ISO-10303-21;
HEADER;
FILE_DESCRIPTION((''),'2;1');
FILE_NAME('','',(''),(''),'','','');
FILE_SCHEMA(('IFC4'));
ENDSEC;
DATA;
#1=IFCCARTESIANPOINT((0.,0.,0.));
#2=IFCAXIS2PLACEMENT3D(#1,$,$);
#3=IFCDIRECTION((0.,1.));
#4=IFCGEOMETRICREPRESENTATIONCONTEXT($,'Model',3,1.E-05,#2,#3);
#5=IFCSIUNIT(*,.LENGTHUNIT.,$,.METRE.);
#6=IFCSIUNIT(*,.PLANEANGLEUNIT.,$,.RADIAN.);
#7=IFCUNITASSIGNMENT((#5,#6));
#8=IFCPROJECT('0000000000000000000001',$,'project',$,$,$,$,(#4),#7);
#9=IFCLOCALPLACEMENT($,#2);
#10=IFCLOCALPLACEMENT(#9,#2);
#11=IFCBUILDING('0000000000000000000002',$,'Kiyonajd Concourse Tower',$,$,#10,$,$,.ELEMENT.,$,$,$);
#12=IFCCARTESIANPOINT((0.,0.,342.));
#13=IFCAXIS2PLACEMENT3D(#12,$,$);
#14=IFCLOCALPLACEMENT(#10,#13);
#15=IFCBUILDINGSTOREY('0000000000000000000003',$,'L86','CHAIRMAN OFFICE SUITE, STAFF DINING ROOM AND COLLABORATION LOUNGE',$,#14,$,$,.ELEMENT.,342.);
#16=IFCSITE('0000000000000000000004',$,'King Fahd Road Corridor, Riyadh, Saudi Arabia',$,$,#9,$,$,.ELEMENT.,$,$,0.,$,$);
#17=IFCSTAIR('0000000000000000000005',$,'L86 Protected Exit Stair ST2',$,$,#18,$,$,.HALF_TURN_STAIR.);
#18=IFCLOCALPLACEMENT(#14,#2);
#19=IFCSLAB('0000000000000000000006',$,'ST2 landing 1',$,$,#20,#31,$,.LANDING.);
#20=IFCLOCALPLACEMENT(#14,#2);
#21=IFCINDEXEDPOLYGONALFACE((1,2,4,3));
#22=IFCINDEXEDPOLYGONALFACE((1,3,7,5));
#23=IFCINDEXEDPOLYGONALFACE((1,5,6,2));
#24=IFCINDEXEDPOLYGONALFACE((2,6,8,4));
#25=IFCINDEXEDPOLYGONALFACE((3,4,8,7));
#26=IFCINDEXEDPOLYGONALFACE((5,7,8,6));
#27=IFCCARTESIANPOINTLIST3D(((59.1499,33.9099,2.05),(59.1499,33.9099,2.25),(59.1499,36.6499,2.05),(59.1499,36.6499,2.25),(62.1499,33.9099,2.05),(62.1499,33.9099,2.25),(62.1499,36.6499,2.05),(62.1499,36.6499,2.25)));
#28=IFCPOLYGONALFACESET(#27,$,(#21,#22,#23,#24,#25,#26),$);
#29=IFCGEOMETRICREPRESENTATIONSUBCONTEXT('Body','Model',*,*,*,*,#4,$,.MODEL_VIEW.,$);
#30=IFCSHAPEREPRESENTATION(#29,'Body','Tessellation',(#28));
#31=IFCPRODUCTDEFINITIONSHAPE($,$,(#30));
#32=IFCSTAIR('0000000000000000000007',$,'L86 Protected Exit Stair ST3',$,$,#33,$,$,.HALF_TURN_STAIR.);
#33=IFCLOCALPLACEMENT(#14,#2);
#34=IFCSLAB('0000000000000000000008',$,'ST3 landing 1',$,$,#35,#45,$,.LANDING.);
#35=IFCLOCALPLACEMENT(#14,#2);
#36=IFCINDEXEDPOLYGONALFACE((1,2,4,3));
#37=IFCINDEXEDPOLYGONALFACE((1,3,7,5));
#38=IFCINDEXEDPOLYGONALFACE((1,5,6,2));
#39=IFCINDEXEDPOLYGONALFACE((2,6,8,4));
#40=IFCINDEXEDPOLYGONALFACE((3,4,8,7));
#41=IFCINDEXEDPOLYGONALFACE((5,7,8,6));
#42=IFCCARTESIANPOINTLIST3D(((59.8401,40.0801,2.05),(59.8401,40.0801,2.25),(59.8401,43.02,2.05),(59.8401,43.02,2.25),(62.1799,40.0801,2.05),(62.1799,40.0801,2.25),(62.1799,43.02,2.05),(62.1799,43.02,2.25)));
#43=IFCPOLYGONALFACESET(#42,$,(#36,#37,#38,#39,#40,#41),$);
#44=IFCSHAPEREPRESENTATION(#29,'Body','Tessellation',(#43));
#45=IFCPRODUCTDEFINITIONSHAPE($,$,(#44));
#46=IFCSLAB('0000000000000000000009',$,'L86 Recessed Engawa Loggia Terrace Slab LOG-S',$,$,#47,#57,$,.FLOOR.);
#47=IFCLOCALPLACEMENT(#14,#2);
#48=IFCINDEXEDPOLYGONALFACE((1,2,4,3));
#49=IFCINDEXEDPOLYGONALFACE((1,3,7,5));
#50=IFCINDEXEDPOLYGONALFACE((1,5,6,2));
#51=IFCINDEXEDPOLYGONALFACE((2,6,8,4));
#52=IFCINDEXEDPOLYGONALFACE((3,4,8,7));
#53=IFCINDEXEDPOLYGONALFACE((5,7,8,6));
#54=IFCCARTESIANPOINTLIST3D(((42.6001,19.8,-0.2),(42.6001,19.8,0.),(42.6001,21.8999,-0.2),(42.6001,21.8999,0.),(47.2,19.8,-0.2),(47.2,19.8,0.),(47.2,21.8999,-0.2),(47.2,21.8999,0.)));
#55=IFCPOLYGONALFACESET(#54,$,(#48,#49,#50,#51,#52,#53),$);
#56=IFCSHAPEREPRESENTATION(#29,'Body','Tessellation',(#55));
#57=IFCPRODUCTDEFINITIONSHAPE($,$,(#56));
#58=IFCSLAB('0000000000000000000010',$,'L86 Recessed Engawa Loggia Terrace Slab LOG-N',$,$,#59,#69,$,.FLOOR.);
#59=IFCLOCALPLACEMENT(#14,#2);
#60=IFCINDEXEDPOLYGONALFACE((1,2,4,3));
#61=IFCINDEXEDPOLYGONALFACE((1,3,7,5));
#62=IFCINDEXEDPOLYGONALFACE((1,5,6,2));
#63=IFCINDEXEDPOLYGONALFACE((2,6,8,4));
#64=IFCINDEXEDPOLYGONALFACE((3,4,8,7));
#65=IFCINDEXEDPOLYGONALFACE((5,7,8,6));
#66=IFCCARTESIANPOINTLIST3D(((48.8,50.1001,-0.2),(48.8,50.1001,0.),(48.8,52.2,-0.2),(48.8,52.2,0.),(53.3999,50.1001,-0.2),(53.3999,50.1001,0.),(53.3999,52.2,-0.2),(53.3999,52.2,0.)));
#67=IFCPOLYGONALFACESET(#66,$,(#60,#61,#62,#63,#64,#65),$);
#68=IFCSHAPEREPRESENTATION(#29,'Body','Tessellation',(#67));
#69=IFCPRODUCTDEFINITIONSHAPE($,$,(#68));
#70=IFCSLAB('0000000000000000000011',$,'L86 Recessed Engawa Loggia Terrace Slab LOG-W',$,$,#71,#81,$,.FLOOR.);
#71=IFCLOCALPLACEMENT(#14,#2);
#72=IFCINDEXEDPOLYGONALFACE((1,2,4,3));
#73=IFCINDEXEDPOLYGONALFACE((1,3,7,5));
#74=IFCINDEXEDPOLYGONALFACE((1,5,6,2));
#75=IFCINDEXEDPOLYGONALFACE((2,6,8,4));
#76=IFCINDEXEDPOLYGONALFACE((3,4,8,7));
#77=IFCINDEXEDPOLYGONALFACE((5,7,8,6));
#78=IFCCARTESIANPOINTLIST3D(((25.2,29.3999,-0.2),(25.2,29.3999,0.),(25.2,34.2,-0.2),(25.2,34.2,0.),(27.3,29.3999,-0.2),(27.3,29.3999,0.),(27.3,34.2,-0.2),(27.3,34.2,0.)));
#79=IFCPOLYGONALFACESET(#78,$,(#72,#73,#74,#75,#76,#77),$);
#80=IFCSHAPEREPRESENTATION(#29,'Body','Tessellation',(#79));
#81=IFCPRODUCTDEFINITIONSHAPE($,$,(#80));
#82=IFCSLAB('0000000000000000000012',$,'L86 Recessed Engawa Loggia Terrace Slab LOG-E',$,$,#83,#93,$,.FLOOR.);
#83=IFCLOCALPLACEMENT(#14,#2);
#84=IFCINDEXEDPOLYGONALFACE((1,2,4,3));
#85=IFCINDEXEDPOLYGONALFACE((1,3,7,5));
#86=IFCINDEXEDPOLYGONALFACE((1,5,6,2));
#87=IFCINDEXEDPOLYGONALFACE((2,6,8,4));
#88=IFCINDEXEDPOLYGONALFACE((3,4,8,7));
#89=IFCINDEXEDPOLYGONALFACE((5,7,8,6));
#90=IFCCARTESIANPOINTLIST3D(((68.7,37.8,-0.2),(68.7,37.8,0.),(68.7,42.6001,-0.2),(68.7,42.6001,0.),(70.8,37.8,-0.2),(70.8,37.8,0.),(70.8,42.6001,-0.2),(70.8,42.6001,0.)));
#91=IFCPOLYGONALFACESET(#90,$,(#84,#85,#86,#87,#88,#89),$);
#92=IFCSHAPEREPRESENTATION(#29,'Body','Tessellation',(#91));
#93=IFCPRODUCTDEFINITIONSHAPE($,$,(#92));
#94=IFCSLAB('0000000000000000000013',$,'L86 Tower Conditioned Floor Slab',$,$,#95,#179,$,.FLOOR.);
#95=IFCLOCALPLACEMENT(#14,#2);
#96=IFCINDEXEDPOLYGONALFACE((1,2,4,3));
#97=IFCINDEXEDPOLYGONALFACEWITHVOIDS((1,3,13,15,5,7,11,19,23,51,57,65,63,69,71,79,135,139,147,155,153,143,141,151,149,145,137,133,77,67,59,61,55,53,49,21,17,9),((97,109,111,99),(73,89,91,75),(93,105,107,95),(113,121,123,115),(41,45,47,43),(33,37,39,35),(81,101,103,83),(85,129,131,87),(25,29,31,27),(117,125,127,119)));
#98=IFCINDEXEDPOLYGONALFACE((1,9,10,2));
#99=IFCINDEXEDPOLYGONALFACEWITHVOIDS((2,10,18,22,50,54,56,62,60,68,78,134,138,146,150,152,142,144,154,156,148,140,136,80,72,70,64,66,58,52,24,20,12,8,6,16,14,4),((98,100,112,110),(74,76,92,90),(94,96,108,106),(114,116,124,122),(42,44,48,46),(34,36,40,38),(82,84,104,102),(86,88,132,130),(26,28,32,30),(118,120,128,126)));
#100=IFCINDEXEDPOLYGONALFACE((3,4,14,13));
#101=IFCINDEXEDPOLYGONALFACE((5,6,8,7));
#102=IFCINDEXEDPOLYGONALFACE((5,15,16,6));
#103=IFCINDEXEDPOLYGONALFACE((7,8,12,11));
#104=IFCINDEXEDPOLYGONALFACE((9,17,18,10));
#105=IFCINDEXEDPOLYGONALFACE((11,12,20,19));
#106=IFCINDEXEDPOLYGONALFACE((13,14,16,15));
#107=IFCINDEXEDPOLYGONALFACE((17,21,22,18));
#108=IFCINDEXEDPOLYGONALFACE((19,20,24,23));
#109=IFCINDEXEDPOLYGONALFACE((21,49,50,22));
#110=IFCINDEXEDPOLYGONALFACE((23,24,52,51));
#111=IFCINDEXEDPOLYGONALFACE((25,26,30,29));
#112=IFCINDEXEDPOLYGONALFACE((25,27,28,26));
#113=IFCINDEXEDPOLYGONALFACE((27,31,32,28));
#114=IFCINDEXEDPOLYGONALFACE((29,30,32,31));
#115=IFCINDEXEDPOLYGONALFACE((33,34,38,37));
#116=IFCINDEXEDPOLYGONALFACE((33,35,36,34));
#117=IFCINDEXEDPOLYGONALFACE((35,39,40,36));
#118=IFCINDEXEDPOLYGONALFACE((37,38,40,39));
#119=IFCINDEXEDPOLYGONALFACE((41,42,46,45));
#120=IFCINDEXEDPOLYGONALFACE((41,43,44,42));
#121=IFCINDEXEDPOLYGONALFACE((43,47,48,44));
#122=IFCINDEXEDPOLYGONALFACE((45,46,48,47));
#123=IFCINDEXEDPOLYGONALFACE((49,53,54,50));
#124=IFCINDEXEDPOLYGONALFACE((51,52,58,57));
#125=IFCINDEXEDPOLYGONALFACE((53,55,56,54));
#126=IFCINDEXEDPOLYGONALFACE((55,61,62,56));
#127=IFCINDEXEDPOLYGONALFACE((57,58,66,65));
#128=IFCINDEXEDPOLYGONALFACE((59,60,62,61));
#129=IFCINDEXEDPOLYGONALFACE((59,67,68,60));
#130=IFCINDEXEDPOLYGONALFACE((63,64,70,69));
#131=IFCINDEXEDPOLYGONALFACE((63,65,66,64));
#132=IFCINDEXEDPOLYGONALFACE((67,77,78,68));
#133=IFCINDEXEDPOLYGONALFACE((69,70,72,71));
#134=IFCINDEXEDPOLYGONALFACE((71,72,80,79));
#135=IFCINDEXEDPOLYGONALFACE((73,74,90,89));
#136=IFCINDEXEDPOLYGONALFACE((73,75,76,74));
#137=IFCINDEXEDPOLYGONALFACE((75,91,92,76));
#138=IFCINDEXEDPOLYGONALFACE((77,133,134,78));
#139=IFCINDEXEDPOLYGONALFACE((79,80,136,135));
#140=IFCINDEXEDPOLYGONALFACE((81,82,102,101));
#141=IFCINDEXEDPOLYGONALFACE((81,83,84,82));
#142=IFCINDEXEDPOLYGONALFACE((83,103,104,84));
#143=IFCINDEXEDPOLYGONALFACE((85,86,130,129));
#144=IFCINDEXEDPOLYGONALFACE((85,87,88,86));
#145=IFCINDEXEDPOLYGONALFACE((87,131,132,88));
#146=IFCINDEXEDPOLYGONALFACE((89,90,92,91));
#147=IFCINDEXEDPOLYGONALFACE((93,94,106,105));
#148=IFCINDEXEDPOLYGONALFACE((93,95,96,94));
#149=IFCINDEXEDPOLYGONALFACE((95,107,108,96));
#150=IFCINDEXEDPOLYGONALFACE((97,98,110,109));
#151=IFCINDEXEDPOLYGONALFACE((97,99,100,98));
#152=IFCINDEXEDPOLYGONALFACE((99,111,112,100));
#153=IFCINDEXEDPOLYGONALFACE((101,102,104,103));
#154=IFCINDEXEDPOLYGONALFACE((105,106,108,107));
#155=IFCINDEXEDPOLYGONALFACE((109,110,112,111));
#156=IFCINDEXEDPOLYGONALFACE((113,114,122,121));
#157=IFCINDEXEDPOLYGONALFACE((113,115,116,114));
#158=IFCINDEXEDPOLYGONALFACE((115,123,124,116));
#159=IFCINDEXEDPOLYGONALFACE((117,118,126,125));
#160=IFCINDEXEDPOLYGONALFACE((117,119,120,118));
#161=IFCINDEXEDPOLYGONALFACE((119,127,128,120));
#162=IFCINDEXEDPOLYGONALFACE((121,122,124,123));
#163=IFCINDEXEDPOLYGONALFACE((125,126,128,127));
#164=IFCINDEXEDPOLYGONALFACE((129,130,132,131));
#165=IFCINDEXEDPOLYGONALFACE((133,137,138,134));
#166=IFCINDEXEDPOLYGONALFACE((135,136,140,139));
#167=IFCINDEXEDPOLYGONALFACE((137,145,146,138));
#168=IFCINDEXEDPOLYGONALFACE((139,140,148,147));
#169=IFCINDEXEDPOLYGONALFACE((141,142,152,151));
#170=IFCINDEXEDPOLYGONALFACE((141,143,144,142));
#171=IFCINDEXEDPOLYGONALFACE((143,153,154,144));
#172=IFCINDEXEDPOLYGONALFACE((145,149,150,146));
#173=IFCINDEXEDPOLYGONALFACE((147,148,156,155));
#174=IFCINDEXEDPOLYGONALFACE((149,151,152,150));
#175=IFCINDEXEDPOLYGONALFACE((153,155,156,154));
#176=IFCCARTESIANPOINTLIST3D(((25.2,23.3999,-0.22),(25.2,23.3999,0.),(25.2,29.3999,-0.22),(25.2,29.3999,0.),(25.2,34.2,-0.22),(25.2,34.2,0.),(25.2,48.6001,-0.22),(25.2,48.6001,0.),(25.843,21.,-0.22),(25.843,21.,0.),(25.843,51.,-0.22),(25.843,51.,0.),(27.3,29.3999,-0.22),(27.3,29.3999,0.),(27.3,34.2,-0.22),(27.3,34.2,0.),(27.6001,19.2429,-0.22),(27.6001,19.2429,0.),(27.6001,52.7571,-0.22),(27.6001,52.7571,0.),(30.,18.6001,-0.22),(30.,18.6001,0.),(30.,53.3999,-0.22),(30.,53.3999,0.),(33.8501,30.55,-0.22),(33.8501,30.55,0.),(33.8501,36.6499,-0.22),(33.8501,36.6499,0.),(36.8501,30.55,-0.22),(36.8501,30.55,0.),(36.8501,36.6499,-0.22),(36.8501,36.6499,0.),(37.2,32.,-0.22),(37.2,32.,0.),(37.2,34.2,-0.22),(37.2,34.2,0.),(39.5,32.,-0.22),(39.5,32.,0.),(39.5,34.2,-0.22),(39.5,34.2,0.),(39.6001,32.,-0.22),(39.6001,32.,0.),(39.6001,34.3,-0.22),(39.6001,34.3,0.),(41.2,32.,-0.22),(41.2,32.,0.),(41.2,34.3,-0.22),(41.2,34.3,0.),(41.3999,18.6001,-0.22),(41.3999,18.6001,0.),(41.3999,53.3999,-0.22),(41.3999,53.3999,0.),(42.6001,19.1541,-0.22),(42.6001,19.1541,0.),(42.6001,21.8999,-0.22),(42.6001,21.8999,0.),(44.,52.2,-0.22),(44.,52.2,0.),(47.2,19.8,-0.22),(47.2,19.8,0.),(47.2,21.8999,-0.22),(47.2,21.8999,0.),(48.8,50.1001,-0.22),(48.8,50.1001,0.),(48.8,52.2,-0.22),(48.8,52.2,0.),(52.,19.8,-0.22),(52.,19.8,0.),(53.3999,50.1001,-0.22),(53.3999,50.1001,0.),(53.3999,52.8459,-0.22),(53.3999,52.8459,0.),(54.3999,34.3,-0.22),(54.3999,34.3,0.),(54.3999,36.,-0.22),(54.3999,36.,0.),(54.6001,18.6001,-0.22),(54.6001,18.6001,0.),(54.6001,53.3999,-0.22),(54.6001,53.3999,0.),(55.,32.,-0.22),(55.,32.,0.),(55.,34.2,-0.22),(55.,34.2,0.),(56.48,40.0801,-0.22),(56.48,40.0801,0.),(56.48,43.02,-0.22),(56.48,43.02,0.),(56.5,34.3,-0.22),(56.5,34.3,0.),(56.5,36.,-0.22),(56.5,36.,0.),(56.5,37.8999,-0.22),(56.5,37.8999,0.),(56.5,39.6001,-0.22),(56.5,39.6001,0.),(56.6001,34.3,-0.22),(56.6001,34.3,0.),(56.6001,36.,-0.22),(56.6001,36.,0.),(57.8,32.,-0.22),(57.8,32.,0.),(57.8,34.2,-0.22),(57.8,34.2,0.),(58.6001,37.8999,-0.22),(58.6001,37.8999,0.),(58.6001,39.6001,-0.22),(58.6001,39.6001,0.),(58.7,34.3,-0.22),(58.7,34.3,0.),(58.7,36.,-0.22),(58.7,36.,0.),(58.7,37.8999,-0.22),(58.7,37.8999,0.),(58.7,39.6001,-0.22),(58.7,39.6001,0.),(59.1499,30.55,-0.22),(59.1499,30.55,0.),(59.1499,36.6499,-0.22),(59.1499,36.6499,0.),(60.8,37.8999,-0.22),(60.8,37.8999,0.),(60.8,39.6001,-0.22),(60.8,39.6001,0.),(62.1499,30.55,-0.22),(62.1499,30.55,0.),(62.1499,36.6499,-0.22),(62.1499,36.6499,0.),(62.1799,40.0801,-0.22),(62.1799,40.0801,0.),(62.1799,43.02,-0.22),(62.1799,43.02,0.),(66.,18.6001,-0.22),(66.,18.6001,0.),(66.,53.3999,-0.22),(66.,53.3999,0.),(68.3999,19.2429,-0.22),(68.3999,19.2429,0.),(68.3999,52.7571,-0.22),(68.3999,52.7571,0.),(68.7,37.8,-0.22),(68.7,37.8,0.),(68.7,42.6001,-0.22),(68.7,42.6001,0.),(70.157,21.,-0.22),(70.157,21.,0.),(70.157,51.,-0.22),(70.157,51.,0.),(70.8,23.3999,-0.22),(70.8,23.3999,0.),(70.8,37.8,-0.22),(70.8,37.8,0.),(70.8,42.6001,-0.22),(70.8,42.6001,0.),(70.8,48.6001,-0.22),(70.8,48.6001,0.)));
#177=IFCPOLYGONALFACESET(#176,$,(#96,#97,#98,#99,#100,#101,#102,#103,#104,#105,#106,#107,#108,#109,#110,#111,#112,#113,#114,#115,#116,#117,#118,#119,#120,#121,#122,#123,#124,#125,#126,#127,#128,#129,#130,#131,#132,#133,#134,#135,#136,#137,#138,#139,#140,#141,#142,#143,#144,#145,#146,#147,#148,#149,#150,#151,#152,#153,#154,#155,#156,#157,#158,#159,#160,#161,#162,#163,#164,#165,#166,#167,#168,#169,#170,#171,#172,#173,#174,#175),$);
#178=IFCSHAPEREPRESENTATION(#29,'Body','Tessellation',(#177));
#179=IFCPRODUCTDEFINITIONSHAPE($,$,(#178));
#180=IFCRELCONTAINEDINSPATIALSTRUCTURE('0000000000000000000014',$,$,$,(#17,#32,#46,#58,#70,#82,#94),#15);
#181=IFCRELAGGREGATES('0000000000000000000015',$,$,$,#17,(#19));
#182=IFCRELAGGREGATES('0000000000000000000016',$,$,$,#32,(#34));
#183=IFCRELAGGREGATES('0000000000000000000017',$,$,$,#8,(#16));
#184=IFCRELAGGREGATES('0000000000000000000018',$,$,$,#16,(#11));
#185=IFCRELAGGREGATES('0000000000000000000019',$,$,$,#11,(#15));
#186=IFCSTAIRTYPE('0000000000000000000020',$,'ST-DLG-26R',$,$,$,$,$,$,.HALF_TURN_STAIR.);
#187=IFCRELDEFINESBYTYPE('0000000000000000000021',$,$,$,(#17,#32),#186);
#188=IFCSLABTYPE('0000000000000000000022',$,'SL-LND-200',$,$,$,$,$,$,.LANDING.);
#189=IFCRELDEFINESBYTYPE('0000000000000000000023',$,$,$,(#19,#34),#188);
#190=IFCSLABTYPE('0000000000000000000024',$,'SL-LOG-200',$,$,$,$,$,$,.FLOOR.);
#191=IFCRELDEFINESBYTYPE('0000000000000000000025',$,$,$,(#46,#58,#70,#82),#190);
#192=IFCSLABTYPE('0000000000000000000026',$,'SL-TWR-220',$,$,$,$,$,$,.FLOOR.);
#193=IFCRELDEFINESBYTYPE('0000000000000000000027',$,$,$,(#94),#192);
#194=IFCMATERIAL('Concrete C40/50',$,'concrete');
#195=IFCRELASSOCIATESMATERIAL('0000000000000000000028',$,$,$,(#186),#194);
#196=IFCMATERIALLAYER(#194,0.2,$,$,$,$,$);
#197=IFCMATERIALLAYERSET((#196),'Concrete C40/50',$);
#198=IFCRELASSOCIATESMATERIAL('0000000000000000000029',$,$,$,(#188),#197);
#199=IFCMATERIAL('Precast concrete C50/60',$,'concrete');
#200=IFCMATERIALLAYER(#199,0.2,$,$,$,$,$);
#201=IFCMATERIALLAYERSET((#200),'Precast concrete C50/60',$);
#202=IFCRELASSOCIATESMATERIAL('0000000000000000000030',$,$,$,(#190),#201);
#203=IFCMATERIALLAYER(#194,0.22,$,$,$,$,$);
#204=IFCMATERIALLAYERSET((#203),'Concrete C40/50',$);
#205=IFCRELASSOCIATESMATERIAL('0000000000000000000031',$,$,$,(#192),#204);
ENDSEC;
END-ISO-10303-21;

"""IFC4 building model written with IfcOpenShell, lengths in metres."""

from ifc_helpers import new_model, si_unit, direction, frame, origin, place, context, subcontext, project, spatial, polyline, outline, extrude, material, layer, layer_set, type_object, element, aggregate, save


model = new_model("IFC4")

# Units and contexts
model_context = context("Model", 3, precision=1e-05, world=origin(), true_north=direction((0.0, 1.0)))
body_context = subcontext(model_context, "Body", "Model", "MODEL_VIEW")
ifc_project = project(units=[si_unit("LENGTHUNIT", "METRE"), si_unit("PLANEANGLEUNIT", "RADIAN")], contexts=[model_context])

# Site, building, storey
site_placement = place(None, origin())
site = spatial("IfcSite", under=ifc_project, at=site_placement, Name="King Fahd Road Corridor, Riyadh, Saudi Arabia", CompositionType="ELEMENT", RefElevation=0.0)
building_placement = place(site_placement, origin())
building = spatial("IfcBuilding", under=site, at=building_placement, Name="Kiyonajd Concourse Tower", CompositionType="ELEMENT")
storey_placement = place(building_placement, frame((0.0, 0.0, 342.0)))
storey = spatial("IfcBuildingStorey", under=building, at=storey_placement, Name="L86", Description="CHAIRMAN OFFICE SUITE, STAFF DINING ROOM AND COLLABORATION LOUNGE", CompositionType="ELEMENT", Elevation=342.0)

# Stairs, slabs
ifc_material_1 = material(Name="Concrete C40/50", Category="concrete")
stair_type = type_object("IfcStairType", Name="ST-DLG-26R", PredefinedType="HALF_TURN_STAIR", material=ifc_material_1)
ifc_layer_1 = layer(ifc_material_1, 0.2)
ifc_layer_set_1 = layer_set([ifc_layer_1], Name="Concrete C40/50")
slab_type_1 = type_object("IfcSlabType", Name="SL-LND-200", PredefinedType="LANDING", material=ifc_layer_set_1)
stair_1_placement = place(storey_placement, origin())
stair_1 = element("IfcStair", 1, at=stair_1_placement, inside=storey, type_object=stair_type, Name="L86 Protected Exit Stair ST2", PredefinedType="HALF_TURN_STAIR")
slab_1_placement = place(storey_placement, frame((0.0, 0.0, 2.05)))
slab_1 = element("IfcSlab", 2, at=slab_1_placement, type_object=slab_type_1, Name="ST2 landing 1", PredefinedType="LANDING", context=body_context, shape_type="SweptSolid", body=[
    extrude(outline(polyline([(62.1499, 33.9099), (62.1499, 36.6499), (59.1499, 36.6499), (59.1499, 33.9099), (62.1499, 33.9099)])), origin(), (0.0, 0.0, 1.0), 0.2),
])
aggregate(stair_1, [slab_1])
stair_2_placement = place(storey_placement, origin())
stair_2 = element("IfcStair", 3, at=stair_2_placement, inside=storey, type_object=stair_type, Name="L86 Protected Exit Stair ST3", PredefinedType="HALF_TURN_STAIR")
slab_2_placement = place(storey_placement, frame((0.0, 0.0, 2.05)))
slab_2 = element("IfcSlab", 4, at=slab_2_placement, type_object=slab_type_1, Name="ST3 landing 1", PredefinedType="LANDING", context=body_context, shape_type="SweptSolid", body=[
    extrude(outline(polyline([(59.8401, 40.0801), (62.1799, 40.0801), (62.1799, 43.02), (59.8401, 43.02), (59.8401, 40.0801)])), origin(), (0.0, 0.0, 1.0), 0.2),
])
aggregate(stair_2, [slab_2])

# Slabs
ifc_material_2 = material(Name="Precast concrete C50/60", Category="concrete")
ifc_layer_2 = layer(ifc_material_2, 0.2)
ifc_layer_set_2 = layer_set([ifc_layer_2], Name="Precast concrete C50/60")
slab_type_2 = type_object("IfcSlabType", Name="SL-LOG-200", PredefinedType="FLOOR", material=ifc_layer_set_2)
slab_3_placement = place(storey_placement, frame((0.0, 0.0, -0.2)))
element("IfcSlab", 5, at=slab_3_placement, inside=storey, type_object=slab_type_2, Name="L86 Recessed Engawa Loggia Terrace Slab LOG-S", PredefinedType="FLOOR", context=body_context, shape_type="SweptSolid", body=[
    extrude(outline(polyline([(42.6001, 19.8), (47.2, 19.8), (47.2, 21.8999), (42.6001, 21.8999), (42.6001, 19.8)])), origin(), (0.0, 0.0, 1.0), 0.2),
])
slab_4_placement = place(storey_placement, frame((0.0, 0.0, -0.2)))
element("IfcSlab", 6, at=slab_4_placement, inside=storey, type_object=slab_type_2, Name="L86 Recessed Engawa Loggia Terrace Slab LOG-N", PredefinedType="FLOOR", context=body_context, shape_type="SweptSolid", body=[
    extrude(outline(polyline([(48.8, 50.1001), (53.3999, 50.1001), (53.3999, 52.2), (48.8, 52.2), (48.8, 50.1001)])), origin(), (0.0, 0.0, 1.0), 0.2),
])
slab_5_placement = place(storey_placement, frame((0.0, 0.0, -0.2)))
element("IfcSlab", 7, at=slab_5_placement, inside=storey, type_object=slab_type_2, Name="L86 Recessed Engawa Loggia Terrace Slab LOG-W", PredefinedType="FLOOR", context=body_context, shape_type="SweptSolid", body=[
    extrude(outline(polyline([(25.2, 29.3999), (27.3, 29.3999), (27.3, 34.2), (25.2, 34.2), (25.2, 29.3999)])), origin(), (0.0, 0.0, 1.0), 0.2),
])
slab_6_placement = place(storey_placement, frame((0.0, 0.0, -0.2)))
element("IfcSlab", 8, at=slab_6_placement, inside=storey, type_object=slab_type_2, Name="L86 Recessed Engawa Loggia Terrace Slab LOG-E", PredefinedType="FLOOR", context=body_context, shape_type="SweptSolid", body=[
    extrude(outline(polyline([(68.7, 37.8), (70.8, 37.8), (70.8, 42.6001), (68.7, 42.6001), (68.7, 37.8)])), origin(), (0.0, 0.0, 1.0), 0.2),
])
ifc_layer_3 = layer(ifc_material_1, 0.22)
ifc_layer_set_3 = layer_set([ifc_layer_3], Name="Concrete C40/50")
slab_type_3 = type_object("IfcSlabType", Name="SL-TWR-220", PredefinedType="FLOOR", material=ifc_layer_set_3)
slab_7_placement = place(storey_placement, frame((0.0, 0.0, -0.22)))
element("IfcSlab", 9, at=slab_7_placement, inside=storey, type_object=slab_type_3, Name="L86 Tower Conditioned Floor Slab", PredefinedType="FLOOR", context=body_context, shape_type="SweptSolid", body=[
    extrude(outline(polyline([(25.843, 21.0), (25.2, 23.3999), (25.2, 29.3999), (27.3, 29.3999), (27.3, 34.2), (25.2, 34.2), (25.2, 48.6001), (25.843, 51.0), (27.6001, 52.7571), (30.0, 53.3999), (41.3999, 53.3999), (44.0, 52.2), (48.8, 52.2), (48.8, 50.1001), (53.3999, 50.1001), (53.3999, 52.8459), (54.6001, 53.3999), (66.0, 53.3999), (68.3999, 52.7571), (70.157, 51.0), (70.8, 48.6001), (70.8, 42.6001), (68.7, 42.6001), (68.7, 37.8), (70.8, 37.8), (70.8, 23.3999), (70.157, 21.0), (68.3999, 19.2429), (66.0, 18.6001), (54.6001, 18.6001), (52.0, 19.8), (47.2, 19.8), (47.2, 21.8999), (42.6001, 21.8999), (42.6001, 19.1541), (41.3999, 18.6001), (30.0, 18.6001), (27.6001, 19.2429), (25.843, 21.0)]), holes=[polyline([(39.5, 32.0), (37.2, 32.0), (37.2, 34.2), (39.5, 34.2), (39.5, 32.0)]), polyline([(57.8, 32.0), (55.0, 32.0), (55.0, 34.2), (57.8, 34.2), (57.8, 32.0)]), polyline([(41.2, 32.0), (39.6001, 32.0), (39.6001, 34.3), (41.2, 34.3), (41.2, 32.0)]), polyline([(33.8501, 30.55), (33.8501, 36.6499), (36.8501, 36.6499), (36.8501, 30.55), (33.8501, 30.55)]), polyline([(59.1499, 30.55), (59.1499, 36.6499), (62.1499, 36.6499), (62.1499, 30.55), (59.1499, 30.55)]), polyline([(56.5, 34.3), (54.3999, 34.3), (54.3999, 36.0), (56.5, 36.0), (56.5, 34.3)]), polyline([(58.7, 34.3), (56.6001, 34.3), (56.6001, 36.0), (58.7, 36.0), (58.7, 34.3)]), polyline([(58.6001, 37.8999), (56.5, 37.8999), (56.5, 39.6001), (58.6001, 39.6001), (58.6001, 37.8999)]), polyline([(58.7, 37.8999), (58.7, 39.6001), (60.8, 39.6001), (60.8, 37.8999), (58.7, 37.8999)]), polyline([(56.48, 43.02), (62.1799, 43.02), (62.1799, 40.0801), (56.48, 40.0801), (56.48, 43.02)])]), origin(), (0.0, 0.0, 1.0), 0.22),
])

save(model, "model.ifc")
